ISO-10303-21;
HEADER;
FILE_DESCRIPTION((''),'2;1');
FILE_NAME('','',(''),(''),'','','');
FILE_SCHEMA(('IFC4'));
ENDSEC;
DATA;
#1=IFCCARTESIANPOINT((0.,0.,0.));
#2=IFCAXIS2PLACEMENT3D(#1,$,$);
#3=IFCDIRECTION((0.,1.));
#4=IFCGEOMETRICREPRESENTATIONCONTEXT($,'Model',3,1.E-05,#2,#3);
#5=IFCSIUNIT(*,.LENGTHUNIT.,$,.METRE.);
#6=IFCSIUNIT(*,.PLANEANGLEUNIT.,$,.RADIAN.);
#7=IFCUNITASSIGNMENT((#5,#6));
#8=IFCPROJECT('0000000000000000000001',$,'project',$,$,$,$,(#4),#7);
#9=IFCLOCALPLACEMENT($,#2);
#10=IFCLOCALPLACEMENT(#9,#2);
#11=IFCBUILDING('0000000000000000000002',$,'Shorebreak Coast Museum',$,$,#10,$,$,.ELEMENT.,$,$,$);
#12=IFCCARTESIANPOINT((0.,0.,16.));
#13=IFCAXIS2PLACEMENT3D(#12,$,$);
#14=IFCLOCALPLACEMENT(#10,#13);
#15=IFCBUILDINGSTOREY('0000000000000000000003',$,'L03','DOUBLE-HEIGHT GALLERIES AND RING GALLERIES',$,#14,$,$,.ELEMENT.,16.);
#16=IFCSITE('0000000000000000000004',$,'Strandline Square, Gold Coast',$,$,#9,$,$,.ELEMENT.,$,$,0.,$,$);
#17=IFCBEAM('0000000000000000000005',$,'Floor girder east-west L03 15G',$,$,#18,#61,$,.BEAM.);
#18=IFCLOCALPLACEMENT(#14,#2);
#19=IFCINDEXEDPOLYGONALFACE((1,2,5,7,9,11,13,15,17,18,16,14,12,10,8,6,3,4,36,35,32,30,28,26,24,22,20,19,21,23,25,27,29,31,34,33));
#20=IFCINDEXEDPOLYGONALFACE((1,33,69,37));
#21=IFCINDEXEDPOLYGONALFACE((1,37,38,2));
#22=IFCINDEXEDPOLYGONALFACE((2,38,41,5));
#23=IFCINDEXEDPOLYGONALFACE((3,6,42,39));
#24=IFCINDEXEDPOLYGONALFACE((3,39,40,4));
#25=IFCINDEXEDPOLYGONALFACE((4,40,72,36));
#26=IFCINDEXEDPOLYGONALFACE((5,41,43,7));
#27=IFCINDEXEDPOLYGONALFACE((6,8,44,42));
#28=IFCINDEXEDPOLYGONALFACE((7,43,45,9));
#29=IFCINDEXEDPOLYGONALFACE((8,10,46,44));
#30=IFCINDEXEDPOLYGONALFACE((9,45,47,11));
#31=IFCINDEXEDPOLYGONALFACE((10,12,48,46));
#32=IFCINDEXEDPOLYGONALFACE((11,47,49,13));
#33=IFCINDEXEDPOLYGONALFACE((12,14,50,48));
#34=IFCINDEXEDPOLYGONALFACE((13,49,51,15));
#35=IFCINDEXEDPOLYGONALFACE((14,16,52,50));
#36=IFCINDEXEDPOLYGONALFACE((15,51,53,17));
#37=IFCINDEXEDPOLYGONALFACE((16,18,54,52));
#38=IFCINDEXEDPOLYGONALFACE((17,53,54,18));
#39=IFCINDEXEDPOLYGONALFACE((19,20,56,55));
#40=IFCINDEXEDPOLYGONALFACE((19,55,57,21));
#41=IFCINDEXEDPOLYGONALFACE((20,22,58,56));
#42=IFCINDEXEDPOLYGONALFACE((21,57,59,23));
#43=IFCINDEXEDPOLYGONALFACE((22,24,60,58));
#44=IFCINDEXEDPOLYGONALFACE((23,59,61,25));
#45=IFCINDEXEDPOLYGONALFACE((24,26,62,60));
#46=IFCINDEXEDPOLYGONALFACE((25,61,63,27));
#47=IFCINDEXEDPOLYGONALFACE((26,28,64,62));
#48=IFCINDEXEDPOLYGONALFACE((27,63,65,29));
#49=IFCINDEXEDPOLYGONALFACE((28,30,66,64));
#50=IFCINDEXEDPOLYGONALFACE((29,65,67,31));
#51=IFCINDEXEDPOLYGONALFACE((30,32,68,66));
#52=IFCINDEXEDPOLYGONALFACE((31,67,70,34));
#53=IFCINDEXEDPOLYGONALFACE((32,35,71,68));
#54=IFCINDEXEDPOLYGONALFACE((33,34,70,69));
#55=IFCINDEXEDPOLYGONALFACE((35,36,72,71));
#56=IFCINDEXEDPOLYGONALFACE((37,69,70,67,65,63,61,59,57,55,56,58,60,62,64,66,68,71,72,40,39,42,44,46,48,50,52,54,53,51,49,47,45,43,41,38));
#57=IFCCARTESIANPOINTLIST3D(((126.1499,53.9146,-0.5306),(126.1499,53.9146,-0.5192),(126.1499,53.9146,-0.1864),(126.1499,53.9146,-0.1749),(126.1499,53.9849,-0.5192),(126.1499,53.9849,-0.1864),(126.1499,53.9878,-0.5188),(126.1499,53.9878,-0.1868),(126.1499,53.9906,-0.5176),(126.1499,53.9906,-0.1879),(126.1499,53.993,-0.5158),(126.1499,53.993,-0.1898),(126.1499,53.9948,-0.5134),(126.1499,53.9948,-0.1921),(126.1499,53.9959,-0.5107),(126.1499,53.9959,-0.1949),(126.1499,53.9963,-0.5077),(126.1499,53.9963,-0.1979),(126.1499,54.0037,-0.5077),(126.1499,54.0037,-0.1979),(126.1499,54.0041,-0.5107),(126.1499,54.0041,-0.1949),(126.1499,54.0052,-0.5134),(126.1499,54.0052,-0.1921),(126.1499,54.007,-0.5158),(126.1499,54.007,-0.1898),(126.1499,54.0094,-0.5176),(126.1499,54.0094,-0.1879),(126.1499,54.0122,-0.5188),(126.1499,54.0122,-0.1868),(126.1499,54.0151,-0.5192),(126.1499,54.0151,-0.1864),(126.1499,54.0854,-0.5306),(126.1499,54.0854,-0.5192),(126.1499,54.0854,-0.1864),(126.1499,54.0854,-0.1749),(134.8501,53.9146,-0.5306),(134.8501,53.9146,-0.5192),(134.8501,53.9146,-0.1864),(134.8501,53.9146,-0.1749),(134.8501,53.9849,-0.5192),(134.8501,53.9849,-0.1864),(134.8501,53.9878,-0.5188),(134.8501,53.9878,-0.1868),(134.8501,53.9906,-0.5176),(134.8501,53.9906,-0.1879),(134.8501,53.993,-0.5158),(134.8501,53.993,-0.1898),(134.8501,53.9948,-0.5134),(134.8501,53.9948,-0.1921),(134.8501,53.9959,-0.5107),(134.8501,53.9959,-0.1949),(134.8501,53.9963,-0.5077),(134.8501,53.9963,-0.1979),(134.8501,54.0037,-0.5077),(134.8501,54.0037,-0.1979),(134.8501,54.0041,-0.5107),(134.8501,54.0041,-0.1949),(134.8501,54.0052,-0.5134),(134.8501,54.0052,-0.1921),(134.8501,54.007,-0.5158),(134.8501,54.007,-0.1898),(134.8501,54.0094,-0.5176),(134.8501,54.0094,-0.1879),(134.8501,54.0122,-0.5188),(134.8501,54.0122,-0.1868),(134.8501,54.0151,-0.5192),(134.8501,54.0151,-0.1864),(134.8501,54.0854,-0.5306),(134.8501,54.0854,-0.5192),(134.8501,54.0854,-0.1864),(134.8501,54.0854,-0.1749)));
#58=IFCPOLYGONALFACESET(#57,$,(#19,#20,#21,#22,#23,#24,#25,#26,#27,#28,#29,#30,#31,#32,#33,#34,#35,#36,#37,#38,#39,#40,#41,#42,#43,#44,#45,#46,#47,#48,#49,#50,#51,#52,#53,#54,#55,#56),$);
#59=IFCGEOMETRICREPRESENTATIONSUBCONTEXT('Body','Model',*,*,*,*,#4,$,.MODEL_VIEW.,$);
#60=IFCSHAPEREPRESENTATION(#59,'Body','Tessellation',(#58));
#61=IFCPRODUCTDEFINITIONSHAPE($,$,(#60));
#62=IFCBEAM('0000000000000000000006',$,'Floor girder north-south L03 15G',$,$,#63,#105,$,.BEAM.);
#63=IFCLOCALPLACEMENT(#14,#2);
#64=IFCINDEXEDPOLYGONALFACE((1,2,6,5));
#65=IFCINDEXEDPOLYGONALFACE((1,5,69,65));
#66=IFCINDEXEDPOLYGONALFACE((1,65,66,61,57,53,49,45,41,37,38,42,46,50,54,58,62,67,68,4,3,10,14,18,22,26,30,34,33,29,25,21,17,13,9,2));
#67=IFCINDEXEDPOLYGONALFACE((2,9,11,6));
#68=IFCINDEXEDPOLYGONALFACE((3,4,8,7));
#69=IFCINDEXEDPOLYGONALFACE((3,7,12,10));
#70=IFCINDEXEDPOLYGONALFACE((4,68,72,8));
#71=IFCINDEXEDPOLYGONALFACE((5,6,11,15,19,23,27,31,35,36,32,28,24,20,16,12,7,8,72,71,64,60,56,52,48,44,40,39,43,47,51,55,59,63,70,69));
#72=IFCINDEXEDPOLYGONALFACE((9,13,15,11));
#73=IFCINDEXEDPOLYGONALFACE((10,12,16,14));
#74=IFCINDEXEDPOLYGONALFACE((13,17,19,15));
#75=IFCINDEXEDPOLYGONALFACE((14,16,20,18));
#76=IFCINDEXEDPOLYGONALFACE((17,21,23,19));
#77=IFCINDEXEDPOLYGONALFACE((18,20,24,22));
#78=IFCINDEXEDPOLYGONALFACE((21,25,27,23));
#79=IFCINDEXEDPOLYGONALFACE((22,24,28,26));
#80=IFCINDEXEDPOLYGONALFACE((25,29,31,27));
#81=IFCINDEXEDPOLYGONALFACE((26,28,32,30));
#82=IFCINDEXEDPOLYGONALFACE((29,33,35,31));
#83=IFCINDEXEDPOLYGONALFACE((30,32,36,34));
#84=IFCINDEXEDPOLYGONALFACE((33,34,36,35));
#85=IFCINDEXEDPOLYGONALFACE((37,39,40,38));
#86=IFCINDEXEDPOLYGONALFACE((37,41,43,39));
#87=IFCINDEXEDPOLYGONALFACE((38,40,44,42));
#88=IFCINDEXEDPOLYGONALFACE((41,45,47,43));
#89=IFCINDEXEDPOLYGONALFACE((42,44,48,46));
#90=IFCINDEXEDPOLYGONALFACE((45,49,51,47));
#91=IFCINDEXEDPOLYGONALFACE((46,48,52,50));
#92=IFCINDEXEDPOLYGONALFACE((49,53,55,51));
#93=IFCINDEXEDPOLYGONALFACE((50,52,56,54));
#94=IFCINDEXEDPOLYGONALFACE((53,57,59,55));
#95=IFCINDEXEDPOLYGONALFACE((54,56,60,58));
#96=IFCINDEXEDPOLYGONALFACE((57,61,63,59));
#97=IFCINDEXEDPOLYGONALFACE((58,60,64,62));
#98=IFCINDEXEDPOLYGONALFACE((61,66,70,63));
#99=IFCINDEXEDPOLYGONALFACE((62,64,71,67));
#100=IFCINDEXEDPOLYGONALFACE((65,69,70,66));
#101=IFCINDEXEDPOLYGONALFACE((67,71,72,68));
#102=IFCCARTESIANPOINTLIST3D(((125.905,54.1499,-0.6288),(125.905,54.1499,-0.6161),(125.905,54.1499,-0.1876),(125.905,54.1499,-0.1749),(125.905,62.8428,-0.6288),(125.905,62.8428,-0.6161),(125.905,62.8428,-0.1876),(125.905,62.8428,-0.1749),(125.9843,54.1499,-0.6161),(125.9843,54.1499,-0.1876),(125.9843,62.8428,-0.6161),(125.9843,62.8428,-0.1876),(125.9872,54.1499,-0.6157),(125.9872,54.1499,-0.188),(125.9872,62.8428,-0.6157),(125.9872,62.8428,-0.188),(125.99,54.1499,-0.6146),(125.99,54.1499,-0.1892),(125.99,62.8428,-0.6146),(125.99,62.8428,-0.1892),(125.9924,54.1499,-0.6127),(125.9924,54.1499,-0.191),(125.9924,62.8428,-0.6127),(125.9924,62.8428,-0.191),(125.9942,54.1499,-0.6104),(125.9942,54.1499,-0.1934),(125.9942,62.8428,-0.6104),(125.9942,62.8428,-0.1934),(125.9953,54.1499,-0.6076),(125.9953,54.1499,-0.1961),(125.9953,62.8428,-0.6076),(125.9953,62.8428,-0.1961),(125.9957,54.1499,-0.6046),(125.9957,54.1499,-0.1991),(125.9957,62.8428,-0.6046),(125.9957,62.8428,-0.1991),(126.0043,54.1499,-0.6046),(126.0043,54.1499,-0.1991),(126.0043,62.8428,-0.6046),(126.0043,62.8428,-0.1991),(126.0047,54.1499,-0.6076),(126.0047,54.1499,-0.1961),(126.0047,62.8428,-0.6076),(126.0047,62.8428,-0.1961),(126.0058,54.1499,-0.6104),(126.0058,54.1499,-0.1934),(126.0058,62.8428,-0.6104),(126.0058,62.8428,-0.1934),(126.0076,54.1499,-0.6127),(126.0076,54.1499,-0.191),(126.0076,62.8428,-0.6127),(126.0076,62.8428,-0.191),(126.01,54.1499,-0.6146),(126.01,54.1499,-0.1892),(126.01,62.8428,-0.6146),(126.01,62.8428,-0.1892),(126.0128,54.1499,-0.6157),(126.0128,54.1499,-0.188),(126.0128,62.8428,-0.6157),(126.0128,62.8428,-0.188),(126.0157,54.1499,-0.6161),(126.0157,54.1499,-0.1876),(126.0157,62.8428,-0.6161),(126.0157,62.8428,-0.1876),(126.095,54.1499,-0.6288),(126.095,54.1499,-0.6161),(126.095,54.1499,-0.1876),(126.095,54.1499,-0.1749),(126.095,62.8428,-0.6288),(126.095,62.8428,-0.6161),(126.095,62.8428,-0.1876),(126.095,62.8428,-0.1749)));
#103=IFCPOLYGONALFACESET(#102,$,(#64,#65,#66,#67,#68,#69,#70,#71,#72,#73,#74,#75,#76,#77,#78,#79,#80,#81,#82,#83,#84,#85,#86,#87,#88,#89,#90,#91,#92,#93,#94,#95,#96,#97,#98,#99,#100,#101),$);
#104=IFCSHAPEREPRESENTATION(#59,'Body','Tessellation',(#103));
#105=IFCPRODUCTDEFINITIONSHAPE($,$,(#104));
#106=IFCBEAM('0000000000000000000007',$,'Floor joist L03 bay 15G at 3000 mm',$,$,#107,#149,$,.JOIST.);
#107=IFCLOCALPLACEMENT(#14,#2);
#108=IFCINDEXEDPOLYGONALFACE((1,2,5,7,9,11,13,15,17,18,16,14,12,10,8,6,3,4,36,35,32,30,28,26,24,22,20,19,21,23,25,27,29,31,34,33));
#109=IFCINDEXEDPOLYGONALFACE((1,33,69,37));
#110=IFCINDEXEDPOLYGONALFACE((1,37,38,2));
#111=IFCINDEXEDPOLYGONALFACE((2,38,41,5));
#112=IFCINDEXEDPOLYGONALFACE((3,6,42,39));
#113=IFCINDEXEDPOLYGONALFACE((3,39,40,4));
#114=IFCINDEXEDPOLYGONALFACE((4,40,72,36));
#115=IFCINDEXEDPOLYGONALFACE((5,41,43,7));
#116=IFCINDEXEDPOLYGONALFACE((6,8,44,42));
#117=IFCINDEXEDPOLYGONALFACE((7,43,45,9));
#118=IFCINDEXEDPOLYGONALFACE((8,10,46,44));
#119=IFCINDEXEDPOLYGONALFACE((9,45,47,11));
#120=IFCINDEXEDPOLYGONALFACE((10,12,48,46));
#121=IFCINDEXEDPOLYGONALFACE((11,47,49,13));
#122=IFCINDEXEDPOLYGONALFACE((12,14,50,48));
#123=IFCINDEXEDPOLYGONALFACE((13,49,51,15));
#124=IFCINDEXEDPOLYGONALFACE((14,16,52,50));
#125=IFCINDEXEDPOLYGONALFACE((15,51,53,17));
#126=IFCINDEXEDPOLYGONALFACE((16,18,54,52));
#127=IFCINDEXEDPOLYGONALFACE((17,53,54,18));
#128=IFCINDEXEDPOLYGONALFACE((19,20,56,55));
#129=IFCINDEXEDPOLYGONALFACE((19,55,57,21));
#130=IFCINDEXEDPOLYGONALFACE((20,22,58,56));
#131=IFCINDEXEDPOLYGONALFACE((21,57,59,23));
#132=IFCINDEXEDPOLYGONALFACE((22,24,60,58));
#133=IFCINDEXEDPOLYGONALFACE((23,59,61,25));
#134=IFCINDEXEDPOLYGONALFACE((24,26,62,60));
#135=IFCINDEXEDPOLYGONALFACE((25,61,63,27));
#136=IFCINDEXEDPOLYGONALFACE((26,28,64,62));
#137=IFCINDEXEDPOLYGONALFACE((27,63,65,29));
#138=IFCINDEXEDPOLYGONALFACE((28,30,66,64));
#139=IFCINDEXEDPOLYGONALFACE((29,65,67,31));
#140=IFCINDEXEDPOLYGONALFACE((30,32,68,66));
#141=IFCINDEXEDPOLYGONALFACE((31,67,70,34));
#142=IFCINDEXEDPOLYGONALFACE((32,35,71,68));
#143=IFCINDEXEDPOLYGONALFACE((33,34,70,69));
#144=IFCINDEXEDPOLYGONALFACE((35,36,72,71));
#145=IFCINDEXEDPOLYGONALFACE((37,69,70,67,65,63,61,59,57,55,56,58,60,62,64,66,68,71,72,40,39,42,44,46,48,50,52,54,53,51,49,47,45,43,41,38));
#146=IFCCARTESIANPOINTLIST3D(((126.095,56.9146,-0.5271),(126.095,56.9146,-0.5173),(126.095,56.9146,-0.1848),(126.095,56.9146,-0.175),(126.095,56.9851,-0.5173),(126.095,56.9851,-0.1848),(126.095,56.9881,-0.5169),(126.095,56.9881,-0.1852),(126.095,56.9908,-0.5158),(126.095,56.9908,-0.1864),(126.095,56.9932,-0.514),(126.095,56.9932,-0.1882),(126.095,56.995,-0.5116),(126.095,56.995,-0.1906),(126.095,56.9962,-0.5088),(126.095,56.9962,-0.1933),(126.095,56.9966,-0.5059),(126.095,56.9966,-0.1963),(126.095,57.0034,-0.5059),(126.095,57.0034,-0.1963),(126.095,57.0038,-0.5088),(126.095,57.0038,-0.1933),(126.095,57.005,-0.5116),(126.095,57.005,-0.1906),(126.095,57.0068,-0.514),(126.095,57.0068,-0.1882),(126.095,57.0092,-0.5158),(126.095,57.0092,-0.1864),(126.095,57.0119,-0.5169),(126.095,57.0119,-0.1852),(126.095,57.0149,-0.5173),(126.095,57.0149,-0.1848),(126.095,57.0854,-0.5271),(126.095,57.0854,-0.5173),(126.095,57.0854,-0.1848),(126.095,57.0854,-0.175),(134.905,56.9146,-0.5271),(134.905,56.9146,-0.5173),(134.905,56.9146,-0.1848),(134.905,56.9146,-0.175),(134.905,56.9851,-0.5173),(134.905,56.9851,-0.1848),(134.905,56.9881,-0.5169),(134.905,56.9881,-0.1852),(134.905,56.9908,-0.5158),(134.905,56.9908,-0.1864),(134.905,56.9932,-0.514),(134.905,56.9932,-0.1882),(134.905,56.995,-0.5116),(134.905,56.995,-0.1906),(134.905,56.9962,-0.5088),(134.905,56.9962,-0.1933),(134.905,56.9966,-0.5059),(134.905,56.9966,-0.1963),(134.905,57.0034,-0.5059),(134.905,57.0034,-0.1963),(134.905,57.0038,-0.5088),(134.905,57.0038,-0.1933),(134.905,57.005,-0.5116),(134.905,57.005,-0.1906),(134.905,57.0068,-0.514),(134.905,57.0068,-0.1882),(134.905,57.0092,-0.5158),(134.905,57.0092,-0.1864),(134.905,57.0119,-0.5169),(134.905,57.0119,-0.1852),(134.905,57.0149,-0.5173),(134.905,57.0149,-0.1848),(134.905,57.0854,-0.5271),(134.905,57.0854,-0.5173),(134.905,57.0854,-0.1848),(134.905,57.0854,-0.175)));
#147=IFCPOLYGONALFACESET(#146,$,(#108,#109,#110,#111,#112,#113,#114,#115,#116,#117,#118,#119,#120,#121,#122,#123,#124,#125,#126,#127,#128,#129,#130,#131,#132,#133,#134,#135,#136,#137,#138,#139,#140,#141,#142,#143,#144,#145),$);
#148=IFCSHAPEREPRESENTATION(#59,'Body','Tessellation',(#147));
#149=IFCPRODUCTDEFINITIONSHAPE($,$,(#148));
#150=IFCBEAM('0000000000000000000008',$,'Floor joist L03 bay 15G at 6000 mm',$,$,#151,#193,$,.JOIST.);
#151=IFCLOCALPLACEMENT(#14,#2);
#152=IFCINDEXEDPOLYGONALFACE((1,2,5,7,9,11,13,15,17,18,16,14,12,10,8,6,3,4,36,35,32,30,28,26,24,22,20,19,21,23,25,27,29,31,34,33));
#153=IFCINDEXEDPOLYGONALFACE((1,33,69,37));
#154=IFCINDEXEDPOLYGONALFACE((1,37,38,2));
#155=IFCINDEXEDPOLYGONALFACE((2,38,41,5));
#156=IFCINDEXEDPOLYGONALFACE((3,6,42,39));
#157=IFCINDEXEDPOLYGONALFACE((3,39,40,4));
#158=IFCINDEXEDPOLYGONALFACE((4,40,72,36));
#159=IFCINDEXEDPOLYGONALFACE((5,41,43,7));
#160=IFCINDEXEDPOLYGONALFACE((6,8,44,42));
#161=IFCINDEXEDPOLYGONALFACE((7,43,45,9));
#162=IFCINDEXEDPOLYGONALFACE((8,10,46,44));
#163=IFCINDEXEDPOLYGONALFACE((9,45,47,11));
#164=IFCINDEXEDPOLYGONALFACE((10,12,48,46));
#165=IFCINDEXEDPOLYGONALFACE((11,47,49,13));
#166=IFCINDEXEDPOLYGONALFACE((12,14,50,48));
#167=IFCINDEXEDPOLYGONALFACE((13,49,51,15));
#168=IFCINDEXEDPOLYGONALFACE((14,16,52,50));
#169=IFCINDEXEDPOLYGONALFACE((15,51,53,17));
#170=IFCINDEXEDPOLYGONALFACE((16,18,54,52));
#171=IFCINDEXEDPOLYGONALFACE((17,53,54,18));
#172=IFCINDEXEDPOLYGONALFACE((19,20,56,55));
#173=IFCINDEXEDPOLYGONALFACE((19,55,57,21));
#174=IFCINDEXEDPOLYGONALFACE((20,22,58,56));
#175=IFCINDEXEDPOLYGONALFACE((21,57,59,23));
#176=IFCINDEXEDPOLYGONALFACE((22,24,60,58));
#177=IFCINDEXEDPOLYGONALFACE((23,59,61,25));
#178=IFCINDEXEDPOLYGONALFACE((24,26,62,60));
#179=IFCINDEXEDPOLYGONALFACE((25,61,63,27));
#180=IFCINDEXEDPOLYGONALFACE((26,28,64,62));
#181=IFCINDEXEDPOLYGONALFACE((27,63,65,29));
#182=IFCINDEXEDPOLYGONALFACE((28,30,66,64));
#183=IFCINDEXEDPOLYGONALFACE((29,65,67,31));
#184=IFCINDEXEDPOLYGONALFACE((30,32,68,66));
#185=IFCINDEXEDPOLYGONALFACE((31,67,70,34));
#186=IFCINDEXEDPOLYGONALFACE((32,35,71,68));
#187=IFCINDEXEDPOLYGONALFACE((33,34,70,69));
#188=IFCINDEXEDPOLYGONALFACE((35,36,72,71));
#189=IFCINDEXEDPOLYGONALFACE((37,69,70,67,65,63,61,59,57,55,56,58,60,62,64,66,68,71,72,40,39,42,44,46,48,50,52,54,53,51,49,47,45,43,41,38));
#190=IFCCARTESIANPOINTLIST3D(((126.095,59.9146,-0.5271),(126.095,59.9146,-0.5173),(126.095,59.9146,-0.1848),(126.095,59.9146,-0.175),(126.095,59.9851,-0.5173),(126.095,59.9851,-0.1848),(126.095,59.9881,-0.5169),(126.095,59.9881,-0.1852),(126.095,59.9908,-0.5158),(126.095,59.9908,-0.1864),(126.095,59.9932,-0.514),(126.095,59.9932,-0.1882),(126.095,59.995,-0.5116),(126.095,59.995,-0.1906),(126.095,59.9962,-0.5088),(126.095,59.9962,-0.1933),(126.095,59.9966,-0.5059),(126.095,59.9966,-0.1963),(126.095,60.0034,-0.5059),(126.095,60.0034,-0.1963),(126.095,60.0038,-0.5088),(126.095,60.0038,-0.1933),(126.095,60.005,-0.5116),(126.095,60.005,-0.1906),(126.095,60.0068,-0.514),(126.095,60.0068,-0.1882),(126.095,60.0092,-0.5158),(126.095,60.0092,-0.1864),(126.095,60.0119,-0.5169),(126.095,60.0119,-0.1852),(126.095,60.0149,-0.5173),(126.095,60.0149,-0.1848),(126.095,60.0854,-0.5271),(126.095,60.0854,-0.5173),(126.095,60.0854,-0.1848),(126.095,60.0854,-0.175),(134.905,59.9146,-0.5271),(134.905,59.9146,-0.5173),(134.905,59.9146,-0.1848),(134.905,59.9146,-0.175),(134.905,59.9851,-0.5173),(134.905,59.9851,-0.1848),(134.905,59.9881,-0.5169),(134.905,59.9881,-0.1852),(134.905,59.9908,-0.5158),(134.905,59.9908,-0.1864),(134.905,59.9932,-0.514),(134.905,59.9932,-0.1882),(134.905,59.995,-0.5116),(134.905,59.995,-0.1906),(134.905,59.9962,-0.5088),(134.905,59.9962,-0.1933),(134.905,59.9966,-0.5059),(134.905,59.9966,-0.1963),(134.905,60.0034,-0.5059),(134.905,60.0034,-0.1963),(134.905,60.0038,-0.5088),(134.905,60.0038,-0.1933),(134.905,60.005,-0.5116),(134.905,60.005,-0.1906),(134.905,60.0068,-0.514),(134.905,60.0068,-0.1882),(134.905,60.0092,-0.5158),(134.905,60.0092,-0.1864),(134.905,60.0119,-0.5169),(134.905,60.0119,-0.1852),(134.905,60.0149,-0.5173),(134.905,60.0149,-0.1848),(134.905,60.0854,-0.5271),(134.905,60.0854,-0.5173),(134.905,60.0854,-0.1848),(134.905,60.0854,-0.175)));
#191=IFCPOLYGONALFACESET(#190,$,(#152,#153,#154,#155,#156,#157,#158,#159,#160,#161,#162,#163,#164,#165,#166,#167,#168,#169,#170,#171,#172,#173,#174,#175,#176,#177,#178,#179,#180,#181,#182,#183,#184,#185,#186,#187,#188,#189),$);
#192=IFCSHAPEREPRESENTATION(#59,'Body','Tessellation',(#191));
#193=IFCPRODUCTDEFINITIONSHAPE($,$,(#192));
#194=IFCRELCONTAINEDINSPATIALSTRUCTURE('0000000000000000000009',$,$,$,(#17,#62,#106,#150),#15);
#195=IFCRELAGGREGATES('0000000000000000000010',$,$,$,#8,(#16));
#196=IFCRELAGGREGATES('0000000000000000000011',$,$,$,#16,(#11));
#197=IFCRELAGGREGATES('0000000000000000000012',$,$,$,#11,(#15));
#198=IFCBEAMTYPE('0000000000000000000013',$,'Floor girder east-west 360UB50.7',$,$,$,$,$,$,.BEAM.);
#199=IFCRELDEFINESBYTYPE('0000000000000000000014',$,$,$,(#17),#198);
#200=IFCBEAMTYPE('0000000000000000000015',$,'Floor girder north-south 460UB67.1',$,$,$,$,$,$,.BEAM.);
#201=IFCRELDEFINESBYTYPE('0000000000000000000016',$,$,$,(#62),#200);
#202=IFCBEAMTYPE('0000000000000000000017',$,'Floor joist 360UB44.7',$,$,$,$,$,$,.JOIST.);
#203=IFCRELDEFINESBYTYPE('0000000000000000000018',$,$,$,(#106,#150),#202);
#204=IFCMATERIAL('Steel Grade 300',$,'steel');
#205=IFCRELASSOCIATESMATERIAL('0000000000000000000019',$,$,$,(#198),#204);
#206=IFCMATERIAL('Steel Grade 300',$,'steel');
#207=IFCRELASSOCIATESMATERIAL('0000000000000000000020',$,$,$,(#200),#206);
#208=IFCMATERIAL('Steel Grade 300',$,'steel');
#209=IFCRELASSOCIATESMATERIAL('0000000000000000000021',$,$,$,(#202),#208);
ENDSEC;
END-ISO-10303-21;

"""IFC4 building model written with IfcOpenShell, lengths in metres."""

from ifc_helpers import new_model, si_unit, direction, frame, origin, origin_2d, place, context, subcontext, project, spatial, i_section, extrude, material, material_profile, profile_set, type_object, element, save


model = new_model("IFC4")

# Units and contexts
model_context = context("Model", 3, precision=1e-05, world=origin(), true_north=direction((0.0, 1.0)))
body_context = subcontext(model_context, "Body", "Model", "MODEL_VIEW")
ifc_project = project(units=[si_unit("LENGTHUNIT", "METRE"), si_unit("PLANEANGLEUNIT", "RADIAN")], contexts=[model_context])

# Site, building, storey
site_placement = place(None, origin())
site = spatial("IfcSite", under=ifc_project, at=site_placement, Name="Strandline Square, Gold Coast", CompositionType="ELEMENT", RefElevation=0.0)
building_placement = place(site_placement, origin())
building = spatial("IfcBuilding", under=site, at=building_placement, Name="Shorebreak Coast Museum", CompositionType="ELEMENT")
storey_placement = place(building_placement, frame((0.0, 0.0, 16.0)))
storey = spatial("IfcBuildingStorey", under=building, at=storey_placement, Name="L03", Description="DOUBLE-HEIGHT GALLERIES AND RING GALLERIES", CompositionType="ELEMENT", Elevation=16.0)

# Beams
ifc_material_1 = material(Name="Steel Grade 300", Category="steel")
ifc_material_profile_1 = material_profile(ifc_material_1, i_section(OverallWidth=0.1709, OverallDepth=0.3557, WebThickness=0.0073, FlangeThickness=0.0115, FilletRadius=0.0115, at=origin_2d()), Name="360UB50.7")
ifc_profile_set_1 = profile_set([ifc_material_profile_1], Name="Steel Grade 300")
beam_type_1 = type_object("IfcBeamType", Name="Floor girder east-west 360UB50.7", PredefinedType="BEAM", material=ifc_profile_set_1)
beam_1_placement = place(storey_placement, frame((126.1499, 54.0, -0.3528), z_axis=(1.0, 0.0, 0.0), x_axis=(0.0, 1.0, 0.0)))
element("IfcBeam", 1, at=beam_1_placement, inside=storey, type_object=beam_type_1, Name="Floor girder east-west L03 15G", PredefinedType="BEAM", context=body_context, shape_type="SweptSolid", body=[
    extrude(i_section(OverallWidth=0.1709, OverallDepth=0.3557, WebThickness=0.0073, FlangeThickness=0.0115, FilletRadius=0.0115, at=origin_2d()), origin(), (0.0, 0.0, 1.0), 8.7002),
])
ifc_material_2 = material(Name="Steel Grade 300", Category="steel")
ifc_material_profile_2 = material_profile(ifc_material_2, i_section(OverallWidth=0.1899, OverallDepth=0.4539, WebThickness=0.0085, FlangeThickness=0.0127, FilletRadius=0.0115, at=origin_2d()), Name="460UB67.1")
ifc_profile_set_2 = profile_set([ifc_material_profile_2], Name="Steel Grade 300")
beam_type_2 = type_object("IfcBeamType", Name="Floor girder north-south 460UB67.1", PredefinedType="BEAM", material=ifc_profile_set_2)
beam_2_placement = place(storey_placement, frame((126.0, 54.1499, -0.4019), z_axis=(0.0, 1.0, 0.0), x_axis=(-1.0, 0.0, 0.0)))
element("IfcBeam", 2, at=beam_2_placement, inside=storey, type_object=beam_type_2, Name="Floor girder north-south L03 15G", PredefinedType="BEAM", context=body_context, shape_type="SweptSolid", body=[
    extrude(i_section(OverallWidth=0.1899, OverallDepth=0.4539, WebThickness=0.0085, FlangeThickness=0.0127, FilletRadius=0.0115, at=origin_2d()), origin(), (0.0, 0.0, 1.0), 8.6929),
])
ifc_material_3 = material(Name="Steel Grade 300", Category="steel")
ifc_material_profile_3 = material_profile(ifc_material_3, i_section(OverallWidth=0.1709, OverallDepth=0.3521, WebThickness=0.0068, FlangeThickness=0.0098, FilletRadius=0.0115, at=origin_2d()), Name="360UB44.7")
ifc_profile_set_3 = profile_set([ifc_material_profile_3], Name="Steel Grade 300")
beam_type_3 = type_object("IfcBeamType", Name="Floor joist 360UB44.7", PredefinedType="JOIST", material=ifc_profile_set_3)
for number, where, z_axis, x_axis, name in (
    (3, (126.095, 57.0, -0.3511), (1.0, 0.0, 0.0), (0.0, 1.0, 0.0), "Floor joist L03 bay 15G at 3000 mm"),
    (4, (126.095, 60.0, -0.3511), (1.0, 0.0, 0.0), (0.0, 1.0, 0.0), "Floor joist L03 bay 15G at 6000 mm"),
):
    element("IfcBeam", number, at=place(storey_placement, frame(where, z_axis=z_axis, x_axis=x_axis)), inside=storey, type_object=beam_type_3, Name=name, PredefinedType="JOIST", context=body_context, shape_type="SweptSolid", body=[
        extrude(i_section(OverallWidth=0.1709, OverallDepth=0.3521, WebThickness=0.0068, FlangeThickness=0.0098, FilletRadius=0.0115, at=origin_2d()), origin(), (0.0, 0.0, 1.0), 8.8101),
    ])

save(model, "model.ifc")
